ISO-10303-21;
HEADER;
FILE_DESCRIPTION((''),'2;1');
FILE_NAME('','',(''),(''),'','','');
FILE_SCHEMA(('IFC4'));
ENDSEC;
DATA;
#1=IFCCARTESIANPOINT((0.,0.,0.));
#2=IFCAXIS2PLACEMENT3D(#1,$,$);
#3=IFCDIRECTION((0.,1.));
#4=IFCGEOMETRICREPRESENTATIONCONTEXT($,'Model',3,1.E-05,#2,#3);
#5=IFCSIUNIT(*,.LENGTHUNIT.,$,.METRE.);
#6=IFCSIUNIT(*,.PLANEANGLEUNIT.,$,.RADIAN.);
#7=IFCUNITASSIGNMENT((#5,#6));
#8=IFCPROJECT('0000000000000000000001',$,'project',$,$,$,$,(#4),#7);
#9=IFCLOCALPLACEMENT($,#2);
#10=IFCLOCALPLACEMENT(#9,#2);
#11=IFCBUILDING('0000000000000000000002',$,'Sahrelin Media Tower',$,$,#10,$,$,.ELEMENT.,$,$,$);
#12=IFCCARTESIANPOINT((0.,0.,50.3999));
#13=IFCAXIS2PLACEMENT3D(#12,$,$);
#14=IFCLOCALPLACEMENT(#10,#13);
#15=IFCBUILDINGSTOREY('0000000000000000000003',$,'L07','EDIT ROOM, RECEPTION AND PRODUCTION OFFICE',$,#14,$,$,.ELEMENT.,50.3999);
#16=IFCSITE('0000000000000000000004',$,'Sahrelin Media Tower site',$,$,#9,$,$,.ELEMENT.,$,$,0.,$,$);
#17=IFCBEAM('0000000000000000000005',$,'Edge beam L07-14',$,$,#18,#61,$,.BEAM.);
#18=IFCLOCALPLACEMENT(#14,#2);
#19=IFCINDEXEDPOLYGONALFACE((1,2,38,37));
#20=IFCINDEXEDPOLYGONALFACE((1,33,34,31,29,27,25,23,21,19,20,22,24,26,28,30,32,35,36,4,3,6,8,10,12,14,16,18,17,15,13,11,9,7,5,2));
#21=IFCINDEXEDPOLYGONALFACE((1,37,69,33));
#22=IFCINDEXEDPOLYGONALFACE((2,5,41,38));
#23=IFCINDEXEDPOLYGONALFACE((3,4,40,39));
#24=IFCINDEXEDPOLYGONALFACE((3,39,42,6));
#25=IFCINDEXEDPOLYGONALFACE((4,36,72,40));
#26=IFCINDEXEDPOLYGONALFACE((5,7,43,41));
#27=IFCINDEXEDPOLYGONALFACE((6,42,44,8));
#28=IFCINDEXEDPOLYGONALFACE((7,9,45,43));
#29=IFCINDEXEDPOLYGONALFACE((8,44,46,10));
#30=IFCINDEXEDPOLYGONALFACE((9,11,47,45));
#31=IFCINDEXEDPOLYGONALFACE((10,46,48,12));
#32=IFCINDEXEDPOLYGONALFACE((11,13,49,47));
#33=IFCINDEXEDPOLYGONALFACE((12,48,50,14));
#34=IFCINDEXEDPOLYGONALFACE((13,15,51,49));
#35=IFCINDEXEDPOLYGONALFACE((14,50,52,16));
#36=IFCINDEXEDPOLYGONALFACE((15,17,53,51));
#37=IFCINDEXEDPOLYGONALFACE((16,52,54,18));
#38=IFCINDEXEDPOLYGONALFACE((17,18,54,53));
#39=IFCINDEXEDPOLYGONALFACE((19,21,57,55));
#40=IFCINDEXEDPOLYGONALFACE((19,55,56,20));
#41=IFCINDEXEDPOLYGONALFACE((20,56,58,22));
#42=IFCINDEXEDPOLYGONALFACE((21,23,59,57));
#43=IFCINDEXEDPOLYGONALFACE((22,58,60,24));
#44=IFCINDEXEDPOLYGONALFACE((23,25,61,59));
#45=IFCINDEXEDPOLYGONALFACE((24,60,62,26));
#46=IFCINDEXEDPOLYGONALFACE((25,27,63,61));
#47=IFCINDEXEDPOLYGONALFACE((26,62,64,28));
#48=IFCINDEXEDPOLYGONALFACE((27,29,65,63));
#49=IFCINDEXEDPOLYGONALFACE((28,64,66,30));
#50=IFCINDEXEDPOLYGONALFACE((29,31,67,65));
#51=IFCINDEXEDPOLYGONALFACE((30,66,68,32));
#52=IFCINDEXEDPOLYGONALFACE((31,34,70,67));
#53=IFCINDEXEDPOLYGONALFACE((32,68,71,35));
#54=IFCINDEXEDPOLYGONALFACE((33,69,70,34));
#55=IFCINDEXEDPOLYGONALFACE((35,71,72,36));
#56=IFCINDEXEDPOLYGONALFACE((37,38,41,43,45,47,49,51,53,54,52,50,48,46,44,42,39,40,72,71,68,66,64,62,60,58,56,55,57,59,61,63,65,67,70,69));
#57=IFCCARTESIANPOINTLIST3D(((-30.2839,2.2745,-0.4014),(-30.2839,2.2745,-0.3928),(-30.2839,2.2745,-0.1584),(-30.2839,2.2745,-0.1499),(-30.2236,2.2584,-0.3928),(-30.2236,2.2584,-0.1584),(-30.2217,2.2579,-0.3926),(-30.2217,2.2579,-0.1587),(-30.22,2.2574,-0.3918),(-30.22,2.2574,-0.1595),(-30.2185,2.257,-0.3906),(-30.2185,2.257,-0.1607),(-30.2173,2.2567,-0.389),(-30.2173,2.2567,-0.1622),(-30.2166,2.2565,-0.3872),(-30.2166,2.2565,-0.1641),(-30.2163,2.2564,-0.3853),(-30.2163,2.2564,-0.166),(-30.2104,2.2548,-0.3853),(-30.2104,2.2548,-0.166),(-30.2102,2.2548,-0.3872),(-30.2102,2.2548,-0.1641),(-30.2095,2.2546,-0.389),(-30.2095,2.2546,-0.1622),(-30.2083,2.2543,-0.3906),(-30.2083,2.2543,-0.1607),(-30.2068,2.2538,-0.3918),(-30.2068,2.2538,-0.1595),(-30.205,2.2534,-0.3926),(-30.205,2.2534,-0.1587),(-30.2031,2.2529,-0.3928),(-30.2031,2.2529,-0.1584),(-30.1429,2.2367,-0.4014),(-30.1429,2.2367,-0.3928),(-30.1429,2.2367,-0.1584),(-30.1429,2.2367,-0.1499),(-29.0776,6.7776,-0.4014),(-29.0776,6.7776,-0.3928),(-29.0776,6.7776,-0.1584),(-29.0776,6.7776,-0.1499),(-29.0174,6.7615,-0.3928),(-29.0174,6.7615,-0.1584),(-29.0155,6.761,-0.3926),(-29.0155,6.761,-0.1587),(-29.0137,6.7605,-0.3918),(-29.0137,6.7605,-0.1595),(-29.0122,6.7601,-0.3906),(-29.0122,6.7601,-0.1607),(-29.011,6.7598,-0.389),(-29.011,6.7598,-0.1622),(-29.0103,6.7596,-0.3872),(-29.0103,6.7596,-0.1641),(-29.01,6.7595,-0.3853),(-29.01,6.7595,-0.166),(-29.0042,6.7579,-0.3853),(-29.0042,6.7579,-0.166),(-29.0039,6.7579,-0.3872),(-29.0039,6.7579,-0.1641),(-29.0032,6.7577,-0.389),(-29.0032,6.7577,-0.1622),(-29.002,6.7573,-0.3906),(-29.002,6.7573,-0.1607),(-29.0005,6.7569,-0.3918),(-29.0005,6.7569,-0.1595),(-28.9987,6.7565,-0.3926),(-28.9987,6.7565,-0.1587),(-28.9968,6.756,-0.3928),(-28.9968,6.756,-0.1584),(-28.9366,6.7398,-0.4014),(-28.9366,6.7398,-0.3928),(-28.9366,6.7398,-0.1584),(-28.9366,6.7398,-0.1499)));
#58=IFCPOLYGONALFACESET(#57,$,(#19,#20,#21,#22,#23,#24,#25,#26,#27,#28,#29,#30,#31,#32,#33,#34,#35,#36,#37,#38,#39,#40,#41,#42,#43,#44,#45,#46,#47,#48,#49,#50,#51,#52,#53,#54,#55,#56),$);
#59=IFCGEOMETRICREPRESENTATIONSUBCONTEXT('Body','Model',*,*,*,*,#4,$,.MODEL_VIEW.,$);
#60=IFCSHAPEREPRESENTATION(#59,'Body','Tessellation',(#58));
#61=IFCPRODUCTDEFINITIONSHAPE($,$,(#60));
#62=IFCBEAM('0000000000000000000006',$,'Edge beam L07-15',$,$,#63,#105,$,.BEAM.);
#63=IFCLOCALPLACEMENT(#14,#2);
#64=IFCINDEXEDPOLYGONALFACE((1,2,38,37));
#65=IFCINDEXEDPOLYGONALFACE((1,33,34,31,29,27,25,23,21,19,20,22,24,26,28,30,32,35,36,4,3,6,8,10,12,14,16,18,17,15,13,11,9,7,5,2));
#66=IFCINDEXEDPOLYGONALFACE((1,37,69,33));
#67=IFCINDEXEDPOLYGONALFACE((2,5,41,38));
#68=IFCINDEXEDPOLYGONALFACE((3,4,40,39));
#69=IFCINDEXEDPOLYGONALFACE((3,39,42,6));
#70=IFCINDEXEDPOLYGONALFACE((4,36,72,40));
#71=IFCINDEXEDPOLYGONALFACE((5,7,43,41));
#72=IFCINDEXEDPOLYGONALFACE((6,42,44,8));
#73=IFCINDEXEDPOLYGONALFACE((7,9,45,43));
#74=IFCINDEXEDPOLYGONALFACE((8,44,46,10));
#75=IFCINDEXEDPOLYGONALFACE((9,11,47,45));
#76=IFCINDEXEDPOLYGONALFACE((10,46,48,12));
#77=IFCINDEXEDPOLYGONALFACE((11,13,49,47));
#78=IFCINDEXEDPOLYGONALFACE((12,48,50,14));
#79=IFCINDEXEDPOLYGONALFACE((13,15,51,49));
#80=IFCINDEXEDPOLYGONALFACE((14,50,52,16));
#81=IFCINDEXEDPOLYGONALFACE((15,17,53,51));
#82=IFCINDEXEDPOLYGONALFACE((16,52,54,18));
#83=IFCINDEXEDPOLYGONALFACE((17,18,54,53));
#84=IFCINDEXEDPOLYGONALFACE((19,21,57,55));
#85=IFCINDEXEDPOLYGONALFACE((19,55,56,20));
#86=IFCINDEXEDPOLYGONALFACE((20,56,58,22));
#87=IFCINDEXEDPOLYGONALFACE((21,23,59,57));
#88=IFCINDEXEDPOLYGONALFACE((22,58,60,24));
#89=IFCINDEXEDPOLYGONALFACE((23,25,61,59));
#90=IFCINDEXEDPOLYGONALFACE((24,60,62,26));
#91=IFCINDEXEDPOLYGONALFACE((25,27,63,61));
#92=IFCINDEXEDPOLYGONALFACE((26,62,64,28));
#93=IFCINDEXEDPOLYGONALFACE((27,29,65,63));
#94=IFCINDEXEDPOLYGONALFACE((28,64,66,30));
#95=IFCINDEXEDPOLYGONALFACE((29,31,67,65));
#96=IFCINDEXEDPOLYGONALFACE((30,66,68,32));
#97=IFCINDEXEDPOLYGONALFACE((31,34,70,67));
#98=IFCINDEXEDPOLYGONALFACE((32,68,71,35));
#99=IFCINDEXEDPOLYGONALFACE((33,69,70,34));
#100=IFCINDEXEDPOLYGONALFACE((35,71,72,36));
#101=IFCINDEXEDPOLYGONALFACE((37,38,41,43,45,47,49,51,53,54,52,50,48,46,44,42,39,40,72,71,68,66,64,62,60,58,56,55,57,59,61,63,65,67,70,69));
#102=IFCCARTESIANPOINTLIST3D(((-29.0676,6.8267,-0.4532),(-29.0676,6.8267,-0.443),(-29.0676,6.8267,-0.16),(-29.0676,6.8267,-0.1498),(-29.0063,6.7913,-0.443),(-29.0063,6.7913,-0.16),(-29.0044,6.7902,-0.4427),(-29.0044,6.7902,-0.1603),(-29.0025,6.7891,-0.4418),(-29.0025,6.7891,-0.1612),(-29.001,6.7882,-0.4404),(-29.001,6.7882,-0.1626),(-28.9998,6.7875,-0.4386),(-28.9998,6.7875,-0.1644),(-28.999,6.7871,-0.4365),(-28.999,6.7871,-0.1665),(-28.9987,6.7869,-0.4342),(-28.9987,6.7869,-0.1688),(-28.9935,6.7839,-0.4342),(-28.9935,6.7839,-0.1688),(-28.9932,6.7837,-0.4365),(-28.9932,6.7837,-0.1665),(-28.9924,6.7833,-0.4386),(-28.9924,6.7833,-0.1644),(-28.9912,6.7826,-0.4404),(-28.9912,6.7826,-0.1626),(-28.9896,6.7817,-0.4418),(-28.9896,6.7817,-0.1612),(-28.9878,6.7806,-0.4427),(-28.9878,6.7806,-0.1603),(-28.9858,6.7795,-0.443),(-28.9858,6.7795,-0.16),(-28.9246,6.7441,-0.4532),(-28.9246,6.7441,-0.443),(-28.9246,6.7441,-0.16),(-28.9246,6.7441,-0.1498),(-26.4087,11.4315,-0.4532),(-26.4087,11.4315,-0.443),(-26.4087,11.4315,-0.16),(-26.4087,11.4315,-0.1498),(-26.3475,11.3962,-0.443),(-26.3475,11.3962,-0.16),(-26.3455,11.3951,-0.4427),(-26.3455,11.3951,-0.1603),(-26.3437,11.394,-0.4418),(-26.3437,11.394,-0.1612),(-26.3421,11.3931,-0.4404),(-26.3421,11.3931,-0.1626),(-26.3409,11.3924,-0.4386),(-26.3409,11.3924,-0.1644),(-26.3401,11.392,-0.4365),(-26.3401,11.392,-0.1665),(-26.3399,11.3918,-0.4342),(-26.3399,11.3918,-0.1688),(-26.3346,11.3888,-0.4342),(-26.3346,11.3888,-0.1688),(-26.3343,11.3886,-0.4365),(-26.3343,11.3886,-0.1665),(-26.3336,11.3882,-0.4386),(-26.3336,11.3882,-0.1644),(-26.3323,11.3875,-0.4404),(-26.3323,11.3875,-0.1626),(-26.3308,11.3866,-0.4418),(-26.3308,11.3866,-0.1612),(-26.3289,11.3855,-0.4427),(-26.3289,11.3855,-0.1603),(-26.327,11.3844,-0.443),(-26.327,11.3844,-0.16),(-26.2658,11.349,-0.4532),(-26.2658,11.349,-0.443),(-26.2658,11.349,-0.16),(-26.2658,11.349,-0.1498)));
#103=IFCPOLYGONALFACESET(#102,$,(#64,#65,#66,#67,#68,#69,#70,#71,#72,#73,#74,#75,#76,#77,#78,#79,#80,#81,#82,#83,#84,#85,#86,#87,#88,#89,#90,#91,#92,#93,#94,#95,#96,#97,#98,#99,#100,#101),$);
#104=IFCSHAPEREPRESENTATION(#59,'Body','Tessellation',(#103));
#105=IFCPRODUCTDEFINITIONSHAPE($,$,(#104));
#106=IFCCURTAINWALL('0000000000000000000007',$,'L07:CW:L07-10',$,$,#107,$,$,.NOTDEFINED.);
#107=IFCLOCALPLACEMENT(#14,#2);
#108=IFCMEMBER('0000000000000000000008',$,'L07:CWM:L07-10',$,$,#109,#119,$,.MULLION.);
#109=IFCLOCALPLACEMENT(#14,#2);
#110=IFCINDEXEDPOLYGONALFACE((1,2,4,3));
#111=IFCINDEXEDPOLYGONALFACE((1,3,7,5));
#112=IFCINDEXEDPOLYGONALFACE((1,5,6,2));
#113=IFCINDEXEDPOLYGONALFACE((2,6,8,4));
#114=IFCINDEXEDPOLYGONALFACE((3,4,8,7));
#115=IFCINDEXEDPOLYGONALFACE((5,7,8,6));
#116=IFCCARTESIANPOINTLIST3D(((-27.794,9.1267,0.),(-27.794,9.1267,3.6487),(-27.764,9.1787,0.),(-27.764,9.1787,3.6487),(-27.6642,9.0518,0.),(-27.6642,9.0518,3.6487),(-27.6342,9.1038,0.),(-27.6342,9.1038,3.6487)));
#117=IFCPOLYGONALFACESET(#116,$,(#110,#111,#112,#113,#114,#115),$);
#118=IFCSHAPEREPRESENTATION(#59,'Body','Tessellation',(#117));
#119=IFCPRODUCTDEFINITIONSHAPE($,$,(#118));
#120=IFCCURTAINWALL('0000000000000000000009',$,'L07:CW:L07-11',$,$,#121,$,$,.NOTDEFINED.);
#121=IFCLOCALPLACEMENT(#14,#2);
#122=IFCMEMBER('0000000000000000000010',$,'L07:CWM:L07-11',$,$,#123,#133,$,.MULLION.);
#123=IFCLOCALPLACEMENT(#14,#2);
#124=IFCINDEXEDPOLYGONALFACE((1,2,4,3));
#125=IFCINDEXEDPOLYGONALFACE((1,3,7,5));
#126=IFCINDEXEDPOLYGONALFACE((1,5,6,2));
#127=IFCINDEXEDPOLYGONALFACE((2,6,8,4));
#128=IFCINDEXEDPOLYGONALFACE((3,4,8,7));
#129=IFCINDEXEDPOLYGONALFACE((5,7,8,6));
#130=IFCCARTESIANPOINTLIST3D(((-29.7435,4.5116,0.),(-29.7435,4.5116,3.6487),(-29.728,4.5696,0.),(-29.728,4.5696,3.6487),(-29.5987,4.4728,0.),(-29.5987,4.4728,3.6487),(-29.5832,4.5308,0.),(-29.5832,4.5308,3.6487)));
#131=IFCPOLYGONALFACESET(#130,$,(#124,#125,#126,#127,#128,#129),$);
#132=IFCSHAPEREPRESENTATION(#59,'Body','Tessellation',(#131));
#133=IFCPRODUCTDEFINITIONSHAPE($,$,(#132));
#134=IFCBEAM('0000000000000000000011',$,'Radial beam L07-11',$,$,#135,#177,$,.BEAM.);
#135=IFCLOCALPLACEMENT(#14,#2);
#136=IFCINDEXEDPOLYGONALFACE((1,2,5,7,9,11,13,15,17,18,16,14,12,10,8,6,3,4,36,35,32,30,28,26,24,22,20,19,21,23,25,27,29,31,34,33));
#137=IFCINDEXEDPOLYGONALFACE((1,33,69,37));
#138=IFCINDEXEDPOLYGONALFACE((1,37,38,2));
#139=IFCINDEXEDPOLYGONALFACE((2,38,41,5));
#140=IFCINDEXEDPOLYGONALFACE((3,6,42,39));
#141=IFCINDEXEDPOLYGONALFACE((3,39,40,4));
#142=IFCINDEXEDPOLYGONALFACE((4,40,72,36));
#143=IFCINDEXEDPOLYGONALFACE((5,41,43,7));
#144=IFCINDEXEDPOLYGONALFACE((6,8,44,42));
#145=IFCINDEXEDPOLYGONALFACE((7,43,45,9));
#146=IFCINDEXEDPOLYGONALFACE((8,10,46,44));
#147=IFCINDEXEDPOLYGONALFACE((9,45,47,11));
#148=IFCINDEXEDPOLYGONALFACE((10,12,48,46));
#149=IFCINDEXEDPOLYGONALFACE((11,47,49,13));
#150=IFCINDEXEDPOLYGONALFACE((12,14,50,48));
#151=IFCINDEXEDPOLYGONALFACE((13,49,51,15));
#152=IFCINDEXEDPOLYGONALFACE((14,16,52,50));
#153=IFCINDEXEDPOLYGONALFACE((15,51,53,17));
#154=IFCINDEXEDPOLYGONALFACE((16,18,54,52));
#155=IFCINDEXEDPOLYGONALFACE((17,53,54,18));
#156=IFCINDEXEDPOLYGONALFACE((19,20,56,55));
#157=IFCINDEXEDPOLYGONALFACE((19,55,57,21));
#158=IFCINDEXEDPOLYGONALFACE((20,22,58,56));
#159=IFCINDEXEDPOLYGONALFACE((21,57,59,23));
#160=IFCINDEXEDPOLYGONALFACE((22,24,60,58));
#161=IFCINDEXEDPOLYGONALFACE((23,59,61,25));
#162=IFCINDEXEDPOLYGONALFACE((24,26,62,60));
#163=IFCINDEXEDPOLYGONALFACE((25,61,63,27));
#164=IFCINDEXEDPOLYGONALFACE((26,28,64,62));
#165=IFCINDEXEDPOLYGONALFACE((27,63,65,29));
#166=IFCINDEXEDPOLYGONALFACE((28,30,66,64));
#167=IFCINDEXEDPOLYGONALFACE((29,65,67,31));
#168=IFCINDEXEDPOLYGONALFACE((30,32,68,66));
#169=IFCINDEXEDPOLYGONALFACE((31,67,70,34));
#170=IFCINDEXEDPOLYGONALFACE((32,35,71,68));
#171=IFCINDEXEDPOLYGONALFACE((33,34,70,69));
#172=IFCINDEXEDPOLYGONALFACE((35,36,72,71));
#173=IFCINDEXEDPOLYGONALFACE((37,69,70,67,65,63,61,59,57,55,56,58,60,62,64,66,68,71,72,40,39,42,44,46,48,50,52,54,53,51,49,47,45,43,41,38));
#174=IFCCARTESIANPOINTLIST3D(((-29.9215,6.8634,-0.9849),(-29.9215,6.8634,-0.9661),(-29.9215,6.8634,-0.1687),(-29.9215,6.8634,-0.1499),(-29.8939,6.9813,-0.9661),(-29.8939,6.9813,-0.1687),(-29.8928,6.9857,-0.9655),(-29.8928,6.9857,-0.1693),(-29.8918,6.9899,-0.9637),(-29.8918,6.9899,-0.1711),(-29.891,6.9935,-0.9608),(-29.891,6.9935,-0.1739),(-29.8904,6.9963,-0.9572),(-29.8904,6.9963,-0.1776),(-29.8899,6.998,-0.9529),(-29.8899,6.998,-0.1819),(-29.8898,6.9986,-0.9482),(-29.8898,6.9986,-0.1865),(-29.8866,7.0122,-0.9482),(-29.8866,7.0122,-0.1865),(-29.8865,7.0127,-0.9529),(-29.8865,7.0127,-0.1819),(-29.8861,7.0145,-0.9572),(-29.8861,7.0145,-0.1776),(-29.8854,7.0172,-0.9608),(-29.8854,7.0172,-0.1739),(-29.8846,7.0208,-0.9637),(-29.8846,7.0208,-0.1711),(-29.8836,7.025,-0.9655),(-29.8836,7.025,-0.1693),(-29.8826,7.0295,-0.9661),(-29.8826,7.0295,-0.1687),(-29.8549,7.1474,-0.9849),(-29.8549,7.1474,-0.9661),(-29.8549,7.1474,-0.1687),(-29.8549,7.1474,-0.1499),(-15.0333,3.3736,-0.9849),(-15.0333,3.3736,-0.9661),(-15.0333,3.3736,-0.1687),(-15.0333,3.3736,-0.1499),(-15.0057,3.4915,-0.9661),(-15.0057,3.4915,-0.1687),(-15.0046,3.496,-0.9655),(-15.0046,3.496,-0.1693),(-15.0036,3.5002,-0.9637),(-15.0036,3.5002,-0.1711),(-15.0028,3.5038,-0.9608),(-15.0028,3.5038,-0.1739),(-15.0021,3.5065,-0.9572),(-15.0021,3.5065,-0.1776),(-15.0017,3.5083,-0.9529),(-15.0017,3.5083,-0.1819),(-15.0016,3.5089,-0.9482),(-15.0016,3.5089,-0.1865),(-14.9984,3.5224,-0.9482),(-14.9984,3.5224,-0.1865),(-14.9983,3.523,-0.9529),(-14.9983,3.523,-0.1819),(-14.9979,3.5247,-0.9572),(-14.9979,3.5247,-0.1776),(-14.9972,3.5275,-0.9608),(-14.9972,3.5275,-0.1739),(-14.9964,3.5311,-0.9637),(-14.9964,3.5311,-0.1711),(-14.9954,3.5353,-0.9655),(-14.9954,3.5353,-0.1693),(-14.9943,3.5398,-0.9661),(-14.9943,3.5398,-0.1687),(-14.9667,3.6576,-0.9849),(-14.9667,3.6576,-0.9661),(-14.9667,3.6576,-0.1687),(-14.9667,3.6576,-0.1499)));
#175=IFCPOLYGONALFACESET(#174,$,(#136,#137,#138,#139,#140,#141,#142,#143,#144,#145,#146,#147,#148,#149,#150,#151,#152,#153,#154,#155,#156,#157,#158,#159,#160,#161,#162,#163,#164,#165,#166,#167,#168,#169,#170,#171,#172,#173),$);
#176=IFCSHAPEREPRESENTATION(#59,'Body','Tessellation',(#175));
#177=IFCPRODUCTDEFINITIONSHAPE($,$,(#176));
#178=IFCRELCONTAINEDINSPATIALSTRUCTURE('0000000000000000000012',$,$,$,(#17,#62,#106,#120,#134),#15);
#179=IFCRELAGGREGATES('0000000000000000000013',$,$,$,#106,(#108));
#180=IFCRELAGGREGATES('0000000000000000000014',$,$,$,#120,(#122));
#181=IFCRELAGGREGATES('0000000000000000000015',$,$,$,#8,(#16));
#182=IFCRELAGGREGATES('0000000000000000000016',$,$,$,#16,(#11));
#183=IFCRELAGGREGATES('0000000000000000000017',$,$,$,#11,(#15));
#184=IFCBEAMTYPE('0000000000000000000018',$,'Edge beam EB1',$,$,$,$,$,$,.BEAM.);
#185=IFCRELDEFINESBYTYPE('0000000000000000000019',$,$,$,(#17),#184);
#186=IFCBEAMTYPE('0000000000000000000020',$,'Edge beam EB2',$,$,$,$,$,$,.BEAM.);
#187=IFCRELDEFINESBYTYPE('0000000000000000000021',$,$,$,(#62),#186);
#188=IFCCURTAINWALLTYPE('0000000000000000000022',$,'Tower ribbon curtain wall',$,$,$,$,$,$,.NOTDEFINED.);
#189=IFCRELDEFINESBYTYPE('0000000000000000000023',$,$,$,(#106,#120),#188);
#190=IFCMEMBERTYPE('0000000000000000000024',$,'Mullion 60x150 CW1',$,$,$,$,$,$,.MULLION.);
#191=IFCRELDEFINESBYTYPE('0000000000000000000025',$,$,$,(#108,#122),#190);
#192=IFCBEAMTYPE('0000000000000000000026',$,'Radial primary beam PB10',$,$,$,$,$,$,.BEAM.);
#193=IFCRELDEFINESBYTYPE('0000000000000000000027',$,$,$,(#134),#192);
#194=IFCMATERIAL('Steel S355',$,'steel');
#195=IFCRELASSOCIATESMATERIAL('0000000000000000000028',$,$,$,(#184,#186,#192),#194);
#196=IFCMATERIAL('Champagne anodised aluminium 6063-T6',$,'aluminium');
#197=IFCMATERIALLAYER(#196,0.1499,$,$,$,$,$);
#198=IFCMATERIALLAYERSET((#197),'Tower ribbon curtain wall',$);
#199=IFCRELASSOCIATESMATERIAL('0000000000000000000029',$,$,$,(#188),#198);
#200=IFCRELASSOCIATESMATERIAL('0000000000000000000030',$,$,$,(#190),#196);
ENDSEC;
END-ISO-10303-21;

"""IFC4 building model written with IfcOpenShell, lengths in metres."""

from ifc_helpers import new_model, si_unit, direction, frame, origin, origin_2d, place, context, subcontext, project, spatial, rectangle, i_section, extrude, material, layer, layer_set, material_profile, profile_set, type_object, element, aggregate, save


model = new_model("IFC4")

# Units and contexts
model_context = context("Model", 3, precision=1e-05, world=origin(), true_north=direction((0.0, 1.0)))
body_context = subcontext(model_context, "Body", "Model", "MODEL_VIEW")
ifc_project = project(units=[si_unit("LENGTHUNIT", "METRE"), si_unit("PLANEANGLEUNIT", "RADIAN")], contexts=[model_context])

# Site, building, storey
site_placement = place(None, origin())
site = spatial("IfcSite", under=ifc_project, at=site_placement, Name="Sahrelin Media Tower site", CompositionType="ELEMENT", RefElevation=0.0)
building_placement = place(site_placement, origin())
building = spatial("IfcBuilding", under=site, at=building_placement, Name="Sahrelin Media Tower", CompositionType="ELEMENT")
storey_placement = place(building_placement, frame((0.0, 0.0, 50.3999)))
storey = spatial("IfcBuildingStorey", under=building, at=storey_placement, Name="L07", Description="EDIT ROOM, RECEPTION AND PRODUCTION OFFICE", CompositionType="ELEMENT", Elevation=50.3999)

# Beams
ifc_material_1 = material(Name="Steel S355", Category="steel")
ifc_material_profile_1 = material_profile(ifc_material_1, i_section(OverallWidth=0.146, OverallDepth=0.2515, WebThickness=0.0061, FlangeThickness=0.0085, FilletRadius=0.0076, at=origin_2d()), Name="UB 254x146x31")
ifc_profile_set_1 = profile_set([ifc_material_profile_1], Name="Steel S355")
beam_type_1 = type_object("IfcBeamType", Name="Edge beam EB1", PredefinedType="BEAM", material=ifc_profile_set_1)
beam_1_placement = place(storey_placement, frame((-30.2134, 2.2556, -0.2756), z_axis=(0.258754, 0.965943, 0.0), x_axis=(-0.965943, 0.258754, 0.0)))
element("IfcBeam", 1, at=beam_1_placement, inside=storey, type_object=beam_type_1, Name="Edge beam L07-14", PredefinedType="BEAM", context=body_context, shape_type="SweptSolid", body=[
    extrude(i_section(OverallWidth=0.146, OverallDepth=0.2515, WebThickness=0.0061, FlangeThickness=0.0085, FilletRadius=0.0076, at=origin_2d()), origin(), (0.0, 0.0, 1.0), 4.6619),
])
ifc_material_profile_2 = material_profile(ifc_material_1, i_section(OverallWidth=0.165, OverallDepth=0.3035, WebThickness=0.0061, FlangeThickness=0.0103, FilletRadius=0.0088, at=origin_2d()), Name="UB 305x165x40")
ifc_profile_set_2 = profile_set([ifc_material_profile_2], Name="Steel S355")
beam_type_2 = type_object("IfcBeamType", Name="Edge beam EB2", PredefinedType="BEAM", material=ifc_profile_set_2)
beam_2_placement = place(storey_placement, frame((-28.9961, 6.7854, -0.3015), z_axis=(0.500035, 0.866005, 0.0), x_axis=(-0.866005, 0.500035, 0.0)))
element("IfcBeam", 2, at=beam_2_placement, inside=storey, type_object=beam_type_2, Name="Edge beam L07-15", PredefinedType="BEAM", context=body_context, shape_type="SweptSolid", body=[
    extrude(i_section(OverallWidth=0.165, OverallDepth=0.3035, WebThickness=0.0061, FlangeThickness=0.0103, FilletRadius=0.0088, at=origin_2d()), origin(), (0.0, 0.0, 1.0), 5.3174),
])

# Curtain walls, members
ifc_material_2 = material(Name="Champagne anodised aluminium 6063-T6", Category="aluminium")
ifc_layer_1 = layer(ifc_material_2, 0.1499)
ifc_layer_set_1 = layer_set([ifc_layer_1], Name="Tower ribbon curtain wall")
curtain_wall_type = type_object("IfcCurtainWallType", Name="Tower ribbon curtain wall", PredefinedType="NOTDEFINED", material=ifc_layer_set_1)
curtain_wall_1_placement = place(storey_placement, frame((-27.7964, 9.1628, 0.0), z_axis=(0.0, 0.0, 1.0), x_axis=(1.0, 0.0, 0.0)))
curtain_wall_1 = element("IfcCurtainWall", 3, at=curtain_wall_1_placement, inside=storey, type_object=curtain_wall_type, Name="L07:CW:L07-10", PredefinedType="NOTDEFINED")
ifc_material_profile_3 = material_profile(ifc_material_2, rectangle(XDim=0.0601, YDim=0.1499, at=origin_2d()), Name="Mullion 60x150")
ifc_profile_set_3 = profile_set([ifc_material_profile_3], Name="Champagne anodised aluminium 6063-T6")
member_type_1 = type_object("IfcMemberType", Name="Mullion 60x150 CW1", PredefinedType="MULLION", material=ifc_profile_set_3)
member_1_placement = place(storey_placement, frame((-27.7141, 9.1152, 0.0), z_axis=(0.0, 0.0, 1.0), x_axis=(-0.500002, -0.866025, 0.0)))
member_1 = element("IfcMember", 4, at=member_1_placement, type_object=member_type_1, Name="L07:CWM:L07-10", PredefinedType="MULLION", context=body_context, shape_type="SweptSolid", body=[
    extrude(rectangle(XDim=0.0601, YDim=0.1499, at=origin_2d()), origin(), (0.0, 0.0, 1.0), 3.6487),
])
aggregate(curtain_wall_1, [member_1])
curtain_wall_2_placement = place(storey_placement, frame((-29.7551, 4.5459, 0.0), z_axis=(0.0, 0.0, 1.0), x_axis=(1.0, 0.0, 0.0)))
curtain_wall_2 = element("IfcCurtainWall", 5, at=curtain_wall_2_placement, inside=storey, type_object=curtain_wall_type, Name="L07:CW:L07-11", PredefinedType="NOTDEFINED")
member_2_placement = place(storey_placement, frame((-29.6633, 4.5212, 0.0), z_axis=(0.0, 0.0, 1.0), x_axis=(-0.258806, -0.965929, 0.0)))
member_2 = element("IfcMember", 6, at=member_2_placement, type_object=member_type_1, Name="L07:CWM:L07-11", PredefinedType="MULLION", context=body_context, shape_type="SweptSolid", body=[
    extrude(rectangle(XDim=0.0601, YDim=0.1499, at=origin_2d()), origin(), (0.0, 0.0, 1.0), 3.6487),
])

# Beam
ifc_material_profile_4 = material_profile(ifc_material_1, i_section(OverallWidth=0.2917, OverallDepth=0.835, WebThickness=0.0139, FlangeThickness=0.0188, FilletRadius=0.0178, at=origin_2d()), Name="UB 838x292x176")
ifc_profile_set_4 = profile_set([ifc_material_profile_4], Name="Steel S355")
beam_type_3 = type_object("IfcBeamType", Name="Radial primary beam PB10", PredefinedType="BEAM", material=ifc_profile_set_4)
beam_3_placement = place(storey_placement, frame((-15.0, 3.5156, -0.5674), z_axis=(-0.973612, 0.228212, 0.0), x_axis=(-0.228212, -0.973612, 0.0)))
element("IfcBeam", 7, at=beam_3_placement, inside=storey, type_object=beam_type_3, Name="Radial beam L07-11", PredefinedType="BEAM", context=body_context, shape_type="SweptSolid", body=[
    extrude(i_section(OverallWidth=0.2917, OverallDepth=0.835, WebThickness=0.0139, FlangeThickness=0.0188, FilletRadius=0.0178, at=origin_2d()), origin(), (0.0, 0.0, 1.0), 15.2917),
])

aggregate(curtain_wall_2, [member_2])

save(model, "model.ifc")
